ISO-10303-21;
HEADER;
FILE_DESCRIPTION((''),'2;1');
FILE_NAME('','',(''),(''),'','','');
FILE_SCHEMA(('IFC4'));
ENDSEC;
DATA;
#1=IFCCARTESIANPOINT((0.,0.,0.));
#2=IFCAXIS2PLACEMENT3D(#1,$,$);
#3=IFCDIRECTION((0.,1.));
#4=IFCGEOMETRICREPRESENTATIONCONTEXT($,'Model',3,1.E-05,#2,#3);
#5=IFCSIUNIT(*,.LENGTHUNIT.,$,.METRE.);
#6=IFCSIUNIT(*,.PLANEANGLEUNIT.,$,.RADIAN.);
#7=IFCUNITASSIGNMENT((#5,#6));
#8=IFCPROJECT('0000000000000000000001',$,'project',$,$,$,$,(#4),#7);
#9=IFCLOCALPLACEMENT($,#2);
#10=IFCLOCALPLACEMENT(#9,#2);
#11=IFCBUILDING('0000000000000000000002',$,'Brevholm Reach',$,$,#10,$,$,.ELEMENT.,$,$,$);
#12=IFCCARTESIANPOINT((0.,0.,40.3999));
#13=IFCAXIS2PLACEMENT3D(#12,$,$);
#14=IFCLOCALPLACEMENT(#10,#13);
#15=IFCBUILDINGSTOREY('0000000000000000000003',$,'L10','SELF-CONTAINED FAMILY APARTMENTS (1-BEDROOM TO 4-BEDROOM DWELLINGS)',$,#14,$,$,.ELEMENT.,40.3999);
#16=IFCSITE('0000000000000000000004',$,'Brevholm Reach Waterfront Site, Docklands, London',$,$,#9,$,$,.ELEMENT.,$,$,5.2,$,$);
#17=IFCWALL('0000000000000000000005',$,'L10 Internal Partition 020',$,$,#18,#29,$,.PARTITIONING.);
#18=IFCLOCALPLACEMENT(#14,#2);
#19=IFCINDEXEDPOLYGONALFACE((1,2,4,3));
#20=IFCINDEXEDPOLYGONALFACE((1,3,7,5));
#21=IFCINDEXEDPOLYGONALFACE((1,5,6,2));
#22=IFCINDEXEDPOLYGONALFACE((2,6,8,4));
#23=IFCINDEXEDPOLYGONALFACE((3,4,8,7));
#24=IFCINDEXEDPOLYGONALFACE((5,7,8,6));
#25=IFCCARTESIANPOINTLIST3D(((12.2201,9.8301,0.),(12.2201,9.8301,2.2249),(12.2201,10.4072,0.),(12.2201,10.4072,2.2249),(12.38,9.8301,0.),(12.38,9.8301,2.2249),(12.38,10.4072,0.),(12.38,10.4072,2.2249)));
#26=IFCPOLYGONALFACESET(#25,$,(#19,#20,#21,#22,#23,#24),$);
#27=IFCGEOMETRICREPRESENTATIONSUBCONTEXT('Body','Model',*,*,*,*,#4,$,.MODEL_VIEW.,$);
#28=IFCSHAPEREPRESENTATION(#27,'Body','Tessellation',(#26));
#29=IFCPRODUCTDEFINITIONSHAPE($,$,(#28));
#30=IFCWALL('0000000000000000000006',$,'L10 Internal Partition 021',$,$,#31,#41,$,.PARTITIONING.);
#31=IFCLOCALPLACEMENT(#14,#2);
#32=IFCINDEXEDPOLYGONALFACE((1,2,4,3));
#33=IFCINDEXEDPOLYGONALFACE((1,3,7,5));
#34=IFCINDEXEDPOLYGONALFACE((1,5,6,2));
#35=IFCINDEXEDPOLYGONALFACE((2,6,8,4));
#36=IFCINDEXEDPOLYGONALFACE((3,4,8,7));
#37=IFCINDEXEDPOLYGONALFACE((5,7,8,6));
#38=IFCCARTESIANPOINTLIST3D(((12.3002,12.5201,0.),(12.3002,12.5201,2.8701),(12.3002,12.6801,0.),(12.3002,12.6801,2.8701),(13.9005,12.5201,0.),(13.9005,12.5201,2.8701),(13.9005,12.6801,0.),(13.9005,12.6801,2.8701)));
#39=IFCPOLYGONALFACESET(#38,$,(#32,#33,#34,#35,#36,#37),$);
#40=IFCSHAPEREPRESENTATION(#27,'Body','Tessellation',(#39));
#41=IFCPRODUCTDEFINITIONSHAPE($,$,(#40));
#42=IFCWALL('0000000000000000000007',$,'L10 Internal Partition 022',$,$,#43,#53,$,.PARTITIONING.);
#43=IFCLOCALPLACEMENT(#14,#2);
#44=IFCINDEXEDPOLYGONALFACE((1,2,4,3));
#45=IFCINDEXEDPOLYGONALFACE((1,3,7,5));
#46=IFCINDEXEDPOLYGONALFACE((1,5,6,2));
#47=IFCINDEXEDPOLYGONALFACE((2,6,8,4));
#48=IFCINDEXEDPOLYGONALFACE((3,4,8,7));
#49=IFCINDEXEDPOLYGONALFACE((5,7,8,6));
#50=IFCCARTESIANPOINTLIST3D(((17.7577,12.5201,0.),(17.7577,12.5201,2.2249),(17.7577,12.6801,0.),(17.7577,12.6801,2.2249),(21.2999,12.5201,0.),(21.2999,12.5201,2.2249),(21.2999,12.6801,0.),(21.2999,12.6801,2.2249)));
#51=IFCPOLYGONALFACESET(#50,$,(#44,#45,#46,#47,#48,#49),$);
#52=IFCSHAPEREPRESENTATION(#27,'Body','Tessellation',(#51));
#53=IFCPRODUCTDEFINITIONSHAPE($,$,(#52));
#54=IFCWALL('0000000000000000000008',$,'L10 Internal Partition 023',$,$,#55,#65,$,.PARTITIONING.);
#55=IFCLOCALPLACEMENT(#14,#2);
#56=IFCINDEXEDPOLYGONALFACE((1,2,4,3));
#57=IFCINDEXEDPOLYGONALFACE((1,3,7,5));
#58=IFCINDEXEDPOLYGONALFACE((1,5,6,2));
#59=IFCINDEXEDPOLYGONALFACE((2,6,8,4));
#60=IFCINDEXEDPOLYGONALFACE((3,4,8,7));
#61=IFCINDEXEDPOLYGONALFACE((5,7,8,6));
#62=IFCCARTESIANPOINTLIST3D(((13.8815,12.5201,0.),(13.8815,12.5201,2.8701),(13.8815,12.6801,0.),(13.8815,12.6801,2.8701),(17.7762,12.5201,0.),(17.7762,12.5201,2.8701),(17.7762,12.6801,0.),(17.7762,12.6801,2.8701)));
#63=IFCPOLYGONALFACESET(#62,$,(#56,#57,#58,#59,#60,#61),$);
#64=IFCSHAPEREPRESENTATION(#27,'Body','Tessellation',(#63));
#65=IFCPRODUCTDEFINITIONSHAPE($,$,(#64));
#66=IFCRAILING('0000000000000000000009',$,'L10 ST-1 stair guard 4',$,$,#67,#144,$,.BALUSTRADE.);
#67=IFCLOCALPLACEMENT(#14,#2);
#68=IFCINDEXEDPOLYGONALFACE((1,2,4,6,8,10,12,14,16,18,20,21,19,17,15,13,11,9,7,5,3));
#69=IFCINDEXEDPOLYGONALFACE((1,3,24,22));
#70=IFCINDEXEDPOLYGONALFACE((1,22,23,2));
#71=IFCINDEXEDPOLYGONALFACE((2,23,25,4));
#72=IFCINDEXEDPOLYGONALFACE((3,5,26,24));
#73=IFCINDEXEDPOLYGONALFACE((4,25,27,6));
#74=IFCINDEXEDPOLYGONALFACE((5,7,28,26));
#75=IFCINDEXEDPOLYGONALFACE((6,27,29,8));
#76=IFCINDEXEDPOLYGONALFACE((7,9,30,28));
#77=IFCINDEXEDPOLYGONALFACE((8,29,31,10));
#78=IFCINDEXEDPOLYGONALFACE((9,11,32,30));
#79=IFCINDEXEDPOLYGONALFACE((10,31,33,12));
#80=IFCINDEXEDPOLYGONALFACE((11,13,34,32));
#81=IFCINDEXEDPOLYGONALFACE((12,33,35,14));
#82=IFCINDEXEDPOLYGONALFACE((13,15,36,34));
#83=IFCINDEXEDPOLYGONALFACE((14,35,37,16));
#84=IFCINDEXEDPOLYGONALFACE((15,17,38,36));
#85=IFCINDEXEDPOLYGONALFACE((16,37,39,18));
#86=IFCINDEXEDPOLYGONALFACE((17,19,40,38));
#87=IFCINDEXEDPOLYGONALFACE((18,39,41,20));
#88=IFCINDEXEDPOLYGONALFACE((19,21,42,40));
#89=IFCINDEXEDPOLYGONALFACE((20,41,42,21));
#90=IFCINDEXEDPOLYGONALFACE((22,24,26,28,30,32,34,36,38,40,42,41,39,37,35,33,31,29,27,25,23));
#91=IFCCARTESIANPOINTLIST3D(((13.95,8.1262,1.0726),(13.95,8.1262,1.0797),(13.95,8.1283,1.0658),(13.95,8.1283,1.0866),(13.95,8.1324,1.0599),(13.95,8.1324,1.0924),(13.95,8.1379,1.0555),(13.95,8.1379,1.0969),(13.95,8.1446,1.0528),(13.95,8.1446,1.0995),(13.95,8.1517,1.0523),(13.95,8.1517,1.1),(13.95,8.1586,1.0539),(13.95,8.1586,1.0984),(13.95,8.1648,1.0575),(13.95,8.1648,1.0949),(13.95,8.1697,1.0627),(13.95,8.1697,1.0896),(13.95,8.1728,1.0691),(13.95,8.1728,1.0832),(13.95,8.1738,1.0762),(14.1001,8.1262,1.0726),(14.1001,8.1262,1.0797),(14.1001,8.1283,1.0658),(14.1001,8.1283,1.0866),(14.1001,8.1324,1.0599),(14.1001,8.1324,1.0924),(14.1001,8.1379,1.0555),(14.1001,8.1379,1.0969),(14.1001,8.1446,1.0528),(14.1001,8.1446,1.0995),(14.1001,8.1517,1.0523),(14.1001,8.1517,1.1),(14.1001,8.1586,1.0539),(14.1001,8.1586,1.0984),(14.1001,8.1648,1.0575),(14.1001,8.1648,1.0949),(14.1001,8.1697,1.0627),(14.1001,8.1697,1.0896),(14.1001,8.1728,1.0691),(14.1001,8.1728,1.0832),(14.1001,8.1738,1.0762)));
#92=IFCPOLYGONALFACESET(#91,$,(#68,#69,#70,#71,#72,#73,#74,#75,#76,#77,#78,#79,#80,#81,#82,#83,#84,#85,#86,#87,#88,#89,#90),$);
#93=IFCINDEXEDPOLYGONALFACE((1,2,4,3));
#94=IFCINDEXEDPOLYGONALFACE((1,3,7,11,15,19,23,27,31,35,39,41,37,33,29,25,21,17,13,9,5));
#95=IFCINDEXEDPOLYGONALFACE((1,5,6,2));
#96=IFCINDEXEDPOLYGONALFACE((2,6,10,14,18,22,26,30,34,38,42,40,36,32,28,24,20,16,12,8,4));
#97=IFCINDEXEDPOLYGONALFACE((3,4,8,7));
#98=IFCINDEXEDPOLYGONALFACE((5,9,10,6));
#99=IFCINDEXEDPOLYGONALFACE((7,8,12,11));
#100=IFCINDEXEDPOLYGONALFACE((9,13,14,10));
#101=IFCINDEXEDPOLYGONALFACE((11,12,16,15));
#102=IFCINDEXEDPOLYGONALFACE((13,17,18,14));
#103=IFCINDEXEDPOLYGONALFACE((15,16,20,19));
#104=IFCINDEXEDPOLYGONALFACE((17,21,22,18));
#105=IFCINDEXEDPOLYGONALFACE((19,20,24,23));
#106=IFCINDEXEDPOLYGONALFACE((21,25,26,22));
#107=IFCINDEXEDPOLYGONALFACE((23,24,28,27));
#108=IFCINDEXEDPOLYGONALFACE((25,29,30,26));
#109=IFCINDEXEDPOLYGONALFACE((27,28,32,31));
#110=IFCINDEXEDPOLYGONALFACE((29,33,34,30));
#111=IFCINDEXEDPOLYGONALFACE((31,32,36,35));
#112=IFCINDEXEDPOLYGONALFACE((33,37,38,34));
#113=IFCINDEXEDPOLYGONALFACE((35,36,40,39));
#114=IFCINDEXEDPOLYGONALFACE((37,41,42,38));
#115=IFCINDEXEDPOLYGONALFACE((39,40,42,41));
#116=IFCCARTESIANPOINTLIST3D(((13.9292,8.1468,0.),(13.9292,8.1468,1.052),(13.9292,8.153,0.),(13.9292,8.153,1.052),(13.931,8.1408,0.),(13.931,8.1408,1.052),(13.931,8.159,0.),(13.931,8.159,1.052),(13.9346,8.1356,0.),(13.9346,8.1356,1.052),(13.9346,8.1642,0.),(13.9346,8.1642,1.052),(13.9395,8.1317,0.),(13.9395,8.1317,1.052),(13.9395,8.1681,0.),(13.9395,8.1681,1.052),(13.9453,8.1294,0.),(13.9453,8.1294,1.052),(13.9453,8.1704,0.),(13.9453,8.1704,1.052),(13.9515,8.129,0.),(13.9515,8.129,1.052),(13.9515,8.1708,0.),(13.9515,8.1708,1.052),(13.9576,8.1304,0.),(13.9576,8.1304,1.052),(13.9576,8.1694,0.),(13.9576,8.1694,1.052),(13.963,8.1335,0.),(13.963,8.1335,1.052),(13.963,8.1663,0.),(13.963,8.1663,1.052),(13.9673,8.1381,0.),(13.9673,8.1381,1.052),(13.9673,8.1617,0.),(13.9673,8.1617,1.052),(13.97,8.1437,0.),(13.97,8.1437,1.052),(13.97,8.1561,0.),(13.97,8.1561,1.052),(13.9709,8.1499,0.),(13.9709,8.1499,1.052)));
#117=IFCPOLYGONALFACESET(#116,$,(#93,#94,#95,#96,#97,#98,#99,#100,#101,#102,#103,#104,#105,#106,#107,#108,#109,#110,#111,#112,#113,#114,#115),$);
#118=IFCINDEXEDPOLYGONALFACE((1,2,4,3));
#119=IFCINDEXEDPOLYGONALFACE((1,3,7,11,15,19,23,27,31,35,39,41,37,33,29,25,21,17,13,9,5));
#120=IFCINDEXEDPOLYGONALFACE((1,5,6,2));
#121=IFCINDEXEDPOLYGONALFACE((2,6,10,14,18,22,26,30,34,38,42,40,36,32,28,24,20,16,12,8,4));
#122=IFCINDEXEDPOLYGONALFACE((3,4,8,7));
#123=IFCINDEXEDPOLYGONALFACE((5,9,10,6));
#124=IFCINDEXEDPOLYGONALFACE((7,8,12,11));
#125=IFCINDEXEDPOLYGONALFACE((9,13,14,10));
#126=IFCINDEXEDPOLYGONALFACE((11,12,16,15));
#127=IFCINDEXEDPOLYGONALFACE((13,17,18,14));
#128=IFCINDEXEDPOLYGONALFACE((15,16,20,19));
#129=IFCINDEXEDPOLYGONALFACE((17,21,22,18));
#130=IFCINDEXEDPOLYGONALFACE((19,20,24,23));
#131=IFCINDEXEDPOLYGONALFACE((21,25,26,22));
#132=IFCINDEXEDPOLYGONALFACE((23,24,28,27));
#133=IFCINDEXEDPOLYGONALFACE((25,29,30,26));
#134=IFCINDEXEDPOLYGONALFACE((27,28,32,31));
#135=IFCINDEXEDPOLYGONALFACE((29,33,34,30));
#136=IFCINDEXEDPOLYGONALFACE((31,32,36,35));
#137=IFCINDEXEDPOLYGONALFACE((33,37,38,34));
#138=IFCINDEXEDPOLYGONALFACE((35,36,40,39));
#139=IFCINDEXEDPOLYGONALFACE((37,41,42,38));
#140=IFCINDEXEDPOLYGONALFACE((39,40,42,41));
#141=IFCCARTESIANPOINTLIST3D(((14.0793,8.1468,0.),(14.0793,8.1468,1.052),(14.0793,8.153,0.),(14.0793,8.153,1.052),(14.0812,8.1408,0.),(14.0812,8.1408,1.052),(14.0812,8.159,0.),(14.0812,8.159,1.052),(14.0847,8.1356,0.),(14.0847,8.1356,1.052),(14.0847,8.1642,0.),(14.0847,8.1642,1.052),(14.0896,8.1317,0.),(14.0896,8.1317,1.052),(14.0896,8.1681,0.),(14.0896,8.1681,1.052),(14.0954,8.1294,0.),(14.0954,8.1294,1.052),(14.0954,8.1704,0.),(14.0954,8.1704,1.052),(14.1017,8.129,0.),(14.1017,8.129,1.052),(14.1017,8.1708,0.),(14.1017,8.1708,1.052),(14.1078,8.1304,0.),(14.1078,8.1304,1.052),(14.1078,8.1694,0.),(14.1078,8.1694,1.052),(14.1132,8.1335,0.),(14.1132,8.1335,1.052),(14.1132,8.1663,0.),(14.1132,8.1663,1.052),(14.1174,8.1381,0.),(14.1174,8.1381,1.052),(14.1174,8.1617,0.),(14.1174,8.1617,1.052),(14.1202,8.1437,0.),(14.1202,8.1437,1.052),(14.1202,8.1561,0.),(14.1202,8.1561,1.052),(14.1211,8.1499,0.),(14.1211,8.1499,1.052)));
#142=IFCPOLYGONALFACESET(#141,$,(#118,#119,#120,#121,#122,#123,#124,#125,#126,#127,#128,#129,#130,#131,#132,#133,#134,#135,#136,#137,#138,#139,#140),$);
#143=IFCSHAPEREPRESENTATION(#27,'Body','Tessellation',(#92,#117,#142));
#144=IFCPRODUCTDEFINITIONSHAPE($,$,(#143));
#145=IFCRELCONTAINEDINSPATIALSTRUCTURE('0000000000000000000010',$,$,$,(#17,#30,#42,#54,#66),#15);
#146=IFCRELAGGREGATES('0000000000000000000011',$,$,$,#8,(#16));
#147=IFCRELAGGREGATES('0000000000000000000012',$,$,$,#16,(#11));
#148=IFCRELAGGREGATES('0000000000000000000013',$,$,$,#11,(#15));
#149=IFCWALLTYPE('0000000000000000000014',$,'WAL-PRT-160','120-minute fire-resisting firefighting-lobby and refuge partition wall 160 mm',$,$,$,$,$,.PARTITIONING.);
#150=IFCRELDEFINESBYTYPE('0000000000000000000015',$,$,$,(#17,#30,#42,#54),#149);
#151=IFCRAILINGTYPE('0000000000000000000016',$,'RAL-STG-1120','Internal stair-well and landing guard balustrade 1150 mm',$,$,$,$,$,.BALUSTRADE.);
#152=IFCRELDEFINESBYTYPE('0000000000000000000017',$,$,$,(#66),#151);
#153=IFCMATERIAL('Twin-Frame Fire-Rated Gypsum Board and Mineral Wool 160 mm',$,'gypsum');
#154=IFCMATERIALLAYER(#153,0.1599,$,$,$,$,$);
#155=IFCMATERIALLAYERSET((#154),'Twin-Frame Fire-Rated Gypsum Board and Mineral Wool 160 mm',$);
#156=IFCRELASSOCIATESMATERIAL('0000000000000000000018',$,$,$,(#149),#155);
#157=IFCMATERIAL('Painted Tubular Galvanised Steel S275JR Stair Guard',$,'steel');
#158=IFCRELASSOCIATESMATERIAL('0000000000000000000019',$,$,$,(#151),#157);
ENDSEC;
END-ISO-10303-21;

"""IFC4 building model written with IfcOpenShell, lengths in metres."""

from ifc_helpers import new_model, si_unit, direction, frame, frame_2d, origin, origin_2d, place, context, subcontext, project, spatial, rectangle, circle, extrude, material, layer, layer_set, type_object, element, save


model = new_model("IFC4")

# Units and contexts
model_context = context("Model", 3, precision=1e-05, world=origin(), true_north=direction((0.0, 1.0)))
body_context = subcontext(model_context, "Body", "Model", "MODEL_VIEW")
ifc_project = project(units=[si_unit("LENGTHUNIT", "METRE"), si_unit("PLANEANGLEUNIT", "RADIAN")], contexts=[model_context])

# Site, building, storey
site_placement = place(None, origin())
site = spatial("IfcSite", under=ifc_project, at=site_placement, Name="Brevholm Reach Waterfront Site, Docklands, London", CompositionType="ELEMENT", RefElevation=5.2)
building_placement = place(site_placement, origin())
building = spatial("IfcBuilding", under=site, at=building_placement, Name="Brevholm Reach", CompositionType="ELEMENT")
storey_placement = place(building_placement, frame((0.0, 0.0, 40.3999)))
storey = spatial("IfcBuildingStorey", under=building, at=storey_placement, Name="L10", Description="SELF-CONTAINED FAMILY APARTMENTS (1-BEDROOM TO 4-BEDROOM DWELLINGS)", CompositionType="ELEMENT", Elevation=40.3999)

# Shared definitions
ifc_material_1 = material(Name="Twin-Frame Fire-Rated Gypsum Board and Mineral Wool 160 mm", Category="gypsum")
ifc_layer_1 = layer(ifc_material_1, 0.1599)
ifc_layer_set_1 = layer_set([ifc_layer_1], Name="Twin-Frame Fire-Rated Gypsum Board and Mineral Wool 160 mm")
wall_type_1 = type_object("IfcWallType", Name="WAL-PRT-160", Description="120-minute fire-resisting firefighting-lobby and refuge partition wall 160 mm", PredefinedType="PARTITIONING", material=ifc_layer_set_1)

# Walls
wall_1_placement = place(storey_placement, frame((12.3, 9.8301, 0.0), z_axis=(0.0, 0.0, 1.0), x_axis=(0.0, 1.0, 0.0)))
element("IfcWall", 1, at=wall_1_placement, inside=storey, type_object=wall_type_1, Name="L10 Internal Partition 020", PredefinedType="PARTITIONING", context=body_context, shape_type="SweptSolid", body=[
    extrude(rectangle(XDim=0.5771, YDim=0.1599, at=frame_2d((0.2886, 0.0))), origin(), (0.0, 0.0, 1.0), 2.2249),
])
wall_2_placement = place(storey_placement, frame((12.3, 12.6001, 0.0), z_axis=(0.0, 0.0, 1.0), x_axis=(1.0, 0.0, 0.0)))
element("IfcWall", 2, at=wall_2_placement, inside=storey, type_object=wall_type_1, Name="L10 Internal Partition 021", PredefinedType="PARTITIONING", context=body_context, shape_type="SweptSolid", body=[
    extrude(rectangle(XDim=1.6003, YDim=0.1599, at=frame_2d((0.8003, 0.0))), origin(), (0.0, 0.0, 1.0), 2.8701),
])
wall_3_placement = place(storey_placement, frame((17.7578, 12.6001, 0.0), z_axis=(0.0, 0.0, 1.0), x_axis=(1.0, 0.0, 0.0)))
element("IfcWall", 3, at=wall_3_placement, inside=storey, type_object=wall_type_1, Name="L10 Internal Partition 022", PredefinedType="PARTITIONING", context=body_context, shape_type="SweptSolid", body=[
    extrude(rectangle(XDim=3.5422, YDim=0.1599, at=frame_2d((1.771, 0.0))), origin(), (0.0, 0.0, 1.0), 2.2249),
])
wall_4_placement = place(storey_placement, frame((13.8816, 12.6001, 0.0), z_axis=(0.0, 0.0, 1.0), x_axis=(1.0, 0.0, 0.0)))
element("IfcWall", 4, at=wall_4_placement, inside=storey, type_object=wall_type_1, Name="L10 Internal Partition 023", PredefinedType="PARTITIONING", context=body_context, shape_type="SweptSolid", body=[
    extrude(rectangle(XDim=3.8948, YDim=0.1599, at=frame_2d((1.9473, 0.0))), origin(), (0.0, 0.0, 1.0), 2.8701),
])

# Railing
ifc_material_2 = material(Name="Painted Tubular Galvanised Steel S275JR Stair Guard", Category="steel")
railing_type = type_object("IfcRailingType", Name="RAL-STG-1120", Description="Internal stair-well and landing guard balustrade 1150 mm", PredefinedType="BALUSTRADE", material=ifc_material_2)
railing_placement = place(storey_placement, frame((13.95, 8.1499, 0.0)))
element("IfcRailing", 5, at=railing_placement, inside=storey, type_object=railing_type, Name="L10 ST-1 stair guard 4", PredefinedType="BALUSTRADE", context=body_context, shape_type="SweptSolid", body=[
    extrude(circle(Radius=0.0239, at=origin_2d()), frame((0.0, 0.0, 1.0762), z_axis=(1.0, 0.0, 0.0), x_axis=(0.0, 1.0, 0.0)), (0.0, 0.0, 1.0), 0.1501),
    extrude(circle(Radius=0.021, at=origin_2d()), origin(), (0.0, 0.0, 1.0), 1.052),
    extrude(circle(Radius=0.021, at=origin_2d()), frame((0.1501, 0.0, 0.0)), (0.0, 0.0, 1.0), 1.052),
])

save(model, "model.ifc")
